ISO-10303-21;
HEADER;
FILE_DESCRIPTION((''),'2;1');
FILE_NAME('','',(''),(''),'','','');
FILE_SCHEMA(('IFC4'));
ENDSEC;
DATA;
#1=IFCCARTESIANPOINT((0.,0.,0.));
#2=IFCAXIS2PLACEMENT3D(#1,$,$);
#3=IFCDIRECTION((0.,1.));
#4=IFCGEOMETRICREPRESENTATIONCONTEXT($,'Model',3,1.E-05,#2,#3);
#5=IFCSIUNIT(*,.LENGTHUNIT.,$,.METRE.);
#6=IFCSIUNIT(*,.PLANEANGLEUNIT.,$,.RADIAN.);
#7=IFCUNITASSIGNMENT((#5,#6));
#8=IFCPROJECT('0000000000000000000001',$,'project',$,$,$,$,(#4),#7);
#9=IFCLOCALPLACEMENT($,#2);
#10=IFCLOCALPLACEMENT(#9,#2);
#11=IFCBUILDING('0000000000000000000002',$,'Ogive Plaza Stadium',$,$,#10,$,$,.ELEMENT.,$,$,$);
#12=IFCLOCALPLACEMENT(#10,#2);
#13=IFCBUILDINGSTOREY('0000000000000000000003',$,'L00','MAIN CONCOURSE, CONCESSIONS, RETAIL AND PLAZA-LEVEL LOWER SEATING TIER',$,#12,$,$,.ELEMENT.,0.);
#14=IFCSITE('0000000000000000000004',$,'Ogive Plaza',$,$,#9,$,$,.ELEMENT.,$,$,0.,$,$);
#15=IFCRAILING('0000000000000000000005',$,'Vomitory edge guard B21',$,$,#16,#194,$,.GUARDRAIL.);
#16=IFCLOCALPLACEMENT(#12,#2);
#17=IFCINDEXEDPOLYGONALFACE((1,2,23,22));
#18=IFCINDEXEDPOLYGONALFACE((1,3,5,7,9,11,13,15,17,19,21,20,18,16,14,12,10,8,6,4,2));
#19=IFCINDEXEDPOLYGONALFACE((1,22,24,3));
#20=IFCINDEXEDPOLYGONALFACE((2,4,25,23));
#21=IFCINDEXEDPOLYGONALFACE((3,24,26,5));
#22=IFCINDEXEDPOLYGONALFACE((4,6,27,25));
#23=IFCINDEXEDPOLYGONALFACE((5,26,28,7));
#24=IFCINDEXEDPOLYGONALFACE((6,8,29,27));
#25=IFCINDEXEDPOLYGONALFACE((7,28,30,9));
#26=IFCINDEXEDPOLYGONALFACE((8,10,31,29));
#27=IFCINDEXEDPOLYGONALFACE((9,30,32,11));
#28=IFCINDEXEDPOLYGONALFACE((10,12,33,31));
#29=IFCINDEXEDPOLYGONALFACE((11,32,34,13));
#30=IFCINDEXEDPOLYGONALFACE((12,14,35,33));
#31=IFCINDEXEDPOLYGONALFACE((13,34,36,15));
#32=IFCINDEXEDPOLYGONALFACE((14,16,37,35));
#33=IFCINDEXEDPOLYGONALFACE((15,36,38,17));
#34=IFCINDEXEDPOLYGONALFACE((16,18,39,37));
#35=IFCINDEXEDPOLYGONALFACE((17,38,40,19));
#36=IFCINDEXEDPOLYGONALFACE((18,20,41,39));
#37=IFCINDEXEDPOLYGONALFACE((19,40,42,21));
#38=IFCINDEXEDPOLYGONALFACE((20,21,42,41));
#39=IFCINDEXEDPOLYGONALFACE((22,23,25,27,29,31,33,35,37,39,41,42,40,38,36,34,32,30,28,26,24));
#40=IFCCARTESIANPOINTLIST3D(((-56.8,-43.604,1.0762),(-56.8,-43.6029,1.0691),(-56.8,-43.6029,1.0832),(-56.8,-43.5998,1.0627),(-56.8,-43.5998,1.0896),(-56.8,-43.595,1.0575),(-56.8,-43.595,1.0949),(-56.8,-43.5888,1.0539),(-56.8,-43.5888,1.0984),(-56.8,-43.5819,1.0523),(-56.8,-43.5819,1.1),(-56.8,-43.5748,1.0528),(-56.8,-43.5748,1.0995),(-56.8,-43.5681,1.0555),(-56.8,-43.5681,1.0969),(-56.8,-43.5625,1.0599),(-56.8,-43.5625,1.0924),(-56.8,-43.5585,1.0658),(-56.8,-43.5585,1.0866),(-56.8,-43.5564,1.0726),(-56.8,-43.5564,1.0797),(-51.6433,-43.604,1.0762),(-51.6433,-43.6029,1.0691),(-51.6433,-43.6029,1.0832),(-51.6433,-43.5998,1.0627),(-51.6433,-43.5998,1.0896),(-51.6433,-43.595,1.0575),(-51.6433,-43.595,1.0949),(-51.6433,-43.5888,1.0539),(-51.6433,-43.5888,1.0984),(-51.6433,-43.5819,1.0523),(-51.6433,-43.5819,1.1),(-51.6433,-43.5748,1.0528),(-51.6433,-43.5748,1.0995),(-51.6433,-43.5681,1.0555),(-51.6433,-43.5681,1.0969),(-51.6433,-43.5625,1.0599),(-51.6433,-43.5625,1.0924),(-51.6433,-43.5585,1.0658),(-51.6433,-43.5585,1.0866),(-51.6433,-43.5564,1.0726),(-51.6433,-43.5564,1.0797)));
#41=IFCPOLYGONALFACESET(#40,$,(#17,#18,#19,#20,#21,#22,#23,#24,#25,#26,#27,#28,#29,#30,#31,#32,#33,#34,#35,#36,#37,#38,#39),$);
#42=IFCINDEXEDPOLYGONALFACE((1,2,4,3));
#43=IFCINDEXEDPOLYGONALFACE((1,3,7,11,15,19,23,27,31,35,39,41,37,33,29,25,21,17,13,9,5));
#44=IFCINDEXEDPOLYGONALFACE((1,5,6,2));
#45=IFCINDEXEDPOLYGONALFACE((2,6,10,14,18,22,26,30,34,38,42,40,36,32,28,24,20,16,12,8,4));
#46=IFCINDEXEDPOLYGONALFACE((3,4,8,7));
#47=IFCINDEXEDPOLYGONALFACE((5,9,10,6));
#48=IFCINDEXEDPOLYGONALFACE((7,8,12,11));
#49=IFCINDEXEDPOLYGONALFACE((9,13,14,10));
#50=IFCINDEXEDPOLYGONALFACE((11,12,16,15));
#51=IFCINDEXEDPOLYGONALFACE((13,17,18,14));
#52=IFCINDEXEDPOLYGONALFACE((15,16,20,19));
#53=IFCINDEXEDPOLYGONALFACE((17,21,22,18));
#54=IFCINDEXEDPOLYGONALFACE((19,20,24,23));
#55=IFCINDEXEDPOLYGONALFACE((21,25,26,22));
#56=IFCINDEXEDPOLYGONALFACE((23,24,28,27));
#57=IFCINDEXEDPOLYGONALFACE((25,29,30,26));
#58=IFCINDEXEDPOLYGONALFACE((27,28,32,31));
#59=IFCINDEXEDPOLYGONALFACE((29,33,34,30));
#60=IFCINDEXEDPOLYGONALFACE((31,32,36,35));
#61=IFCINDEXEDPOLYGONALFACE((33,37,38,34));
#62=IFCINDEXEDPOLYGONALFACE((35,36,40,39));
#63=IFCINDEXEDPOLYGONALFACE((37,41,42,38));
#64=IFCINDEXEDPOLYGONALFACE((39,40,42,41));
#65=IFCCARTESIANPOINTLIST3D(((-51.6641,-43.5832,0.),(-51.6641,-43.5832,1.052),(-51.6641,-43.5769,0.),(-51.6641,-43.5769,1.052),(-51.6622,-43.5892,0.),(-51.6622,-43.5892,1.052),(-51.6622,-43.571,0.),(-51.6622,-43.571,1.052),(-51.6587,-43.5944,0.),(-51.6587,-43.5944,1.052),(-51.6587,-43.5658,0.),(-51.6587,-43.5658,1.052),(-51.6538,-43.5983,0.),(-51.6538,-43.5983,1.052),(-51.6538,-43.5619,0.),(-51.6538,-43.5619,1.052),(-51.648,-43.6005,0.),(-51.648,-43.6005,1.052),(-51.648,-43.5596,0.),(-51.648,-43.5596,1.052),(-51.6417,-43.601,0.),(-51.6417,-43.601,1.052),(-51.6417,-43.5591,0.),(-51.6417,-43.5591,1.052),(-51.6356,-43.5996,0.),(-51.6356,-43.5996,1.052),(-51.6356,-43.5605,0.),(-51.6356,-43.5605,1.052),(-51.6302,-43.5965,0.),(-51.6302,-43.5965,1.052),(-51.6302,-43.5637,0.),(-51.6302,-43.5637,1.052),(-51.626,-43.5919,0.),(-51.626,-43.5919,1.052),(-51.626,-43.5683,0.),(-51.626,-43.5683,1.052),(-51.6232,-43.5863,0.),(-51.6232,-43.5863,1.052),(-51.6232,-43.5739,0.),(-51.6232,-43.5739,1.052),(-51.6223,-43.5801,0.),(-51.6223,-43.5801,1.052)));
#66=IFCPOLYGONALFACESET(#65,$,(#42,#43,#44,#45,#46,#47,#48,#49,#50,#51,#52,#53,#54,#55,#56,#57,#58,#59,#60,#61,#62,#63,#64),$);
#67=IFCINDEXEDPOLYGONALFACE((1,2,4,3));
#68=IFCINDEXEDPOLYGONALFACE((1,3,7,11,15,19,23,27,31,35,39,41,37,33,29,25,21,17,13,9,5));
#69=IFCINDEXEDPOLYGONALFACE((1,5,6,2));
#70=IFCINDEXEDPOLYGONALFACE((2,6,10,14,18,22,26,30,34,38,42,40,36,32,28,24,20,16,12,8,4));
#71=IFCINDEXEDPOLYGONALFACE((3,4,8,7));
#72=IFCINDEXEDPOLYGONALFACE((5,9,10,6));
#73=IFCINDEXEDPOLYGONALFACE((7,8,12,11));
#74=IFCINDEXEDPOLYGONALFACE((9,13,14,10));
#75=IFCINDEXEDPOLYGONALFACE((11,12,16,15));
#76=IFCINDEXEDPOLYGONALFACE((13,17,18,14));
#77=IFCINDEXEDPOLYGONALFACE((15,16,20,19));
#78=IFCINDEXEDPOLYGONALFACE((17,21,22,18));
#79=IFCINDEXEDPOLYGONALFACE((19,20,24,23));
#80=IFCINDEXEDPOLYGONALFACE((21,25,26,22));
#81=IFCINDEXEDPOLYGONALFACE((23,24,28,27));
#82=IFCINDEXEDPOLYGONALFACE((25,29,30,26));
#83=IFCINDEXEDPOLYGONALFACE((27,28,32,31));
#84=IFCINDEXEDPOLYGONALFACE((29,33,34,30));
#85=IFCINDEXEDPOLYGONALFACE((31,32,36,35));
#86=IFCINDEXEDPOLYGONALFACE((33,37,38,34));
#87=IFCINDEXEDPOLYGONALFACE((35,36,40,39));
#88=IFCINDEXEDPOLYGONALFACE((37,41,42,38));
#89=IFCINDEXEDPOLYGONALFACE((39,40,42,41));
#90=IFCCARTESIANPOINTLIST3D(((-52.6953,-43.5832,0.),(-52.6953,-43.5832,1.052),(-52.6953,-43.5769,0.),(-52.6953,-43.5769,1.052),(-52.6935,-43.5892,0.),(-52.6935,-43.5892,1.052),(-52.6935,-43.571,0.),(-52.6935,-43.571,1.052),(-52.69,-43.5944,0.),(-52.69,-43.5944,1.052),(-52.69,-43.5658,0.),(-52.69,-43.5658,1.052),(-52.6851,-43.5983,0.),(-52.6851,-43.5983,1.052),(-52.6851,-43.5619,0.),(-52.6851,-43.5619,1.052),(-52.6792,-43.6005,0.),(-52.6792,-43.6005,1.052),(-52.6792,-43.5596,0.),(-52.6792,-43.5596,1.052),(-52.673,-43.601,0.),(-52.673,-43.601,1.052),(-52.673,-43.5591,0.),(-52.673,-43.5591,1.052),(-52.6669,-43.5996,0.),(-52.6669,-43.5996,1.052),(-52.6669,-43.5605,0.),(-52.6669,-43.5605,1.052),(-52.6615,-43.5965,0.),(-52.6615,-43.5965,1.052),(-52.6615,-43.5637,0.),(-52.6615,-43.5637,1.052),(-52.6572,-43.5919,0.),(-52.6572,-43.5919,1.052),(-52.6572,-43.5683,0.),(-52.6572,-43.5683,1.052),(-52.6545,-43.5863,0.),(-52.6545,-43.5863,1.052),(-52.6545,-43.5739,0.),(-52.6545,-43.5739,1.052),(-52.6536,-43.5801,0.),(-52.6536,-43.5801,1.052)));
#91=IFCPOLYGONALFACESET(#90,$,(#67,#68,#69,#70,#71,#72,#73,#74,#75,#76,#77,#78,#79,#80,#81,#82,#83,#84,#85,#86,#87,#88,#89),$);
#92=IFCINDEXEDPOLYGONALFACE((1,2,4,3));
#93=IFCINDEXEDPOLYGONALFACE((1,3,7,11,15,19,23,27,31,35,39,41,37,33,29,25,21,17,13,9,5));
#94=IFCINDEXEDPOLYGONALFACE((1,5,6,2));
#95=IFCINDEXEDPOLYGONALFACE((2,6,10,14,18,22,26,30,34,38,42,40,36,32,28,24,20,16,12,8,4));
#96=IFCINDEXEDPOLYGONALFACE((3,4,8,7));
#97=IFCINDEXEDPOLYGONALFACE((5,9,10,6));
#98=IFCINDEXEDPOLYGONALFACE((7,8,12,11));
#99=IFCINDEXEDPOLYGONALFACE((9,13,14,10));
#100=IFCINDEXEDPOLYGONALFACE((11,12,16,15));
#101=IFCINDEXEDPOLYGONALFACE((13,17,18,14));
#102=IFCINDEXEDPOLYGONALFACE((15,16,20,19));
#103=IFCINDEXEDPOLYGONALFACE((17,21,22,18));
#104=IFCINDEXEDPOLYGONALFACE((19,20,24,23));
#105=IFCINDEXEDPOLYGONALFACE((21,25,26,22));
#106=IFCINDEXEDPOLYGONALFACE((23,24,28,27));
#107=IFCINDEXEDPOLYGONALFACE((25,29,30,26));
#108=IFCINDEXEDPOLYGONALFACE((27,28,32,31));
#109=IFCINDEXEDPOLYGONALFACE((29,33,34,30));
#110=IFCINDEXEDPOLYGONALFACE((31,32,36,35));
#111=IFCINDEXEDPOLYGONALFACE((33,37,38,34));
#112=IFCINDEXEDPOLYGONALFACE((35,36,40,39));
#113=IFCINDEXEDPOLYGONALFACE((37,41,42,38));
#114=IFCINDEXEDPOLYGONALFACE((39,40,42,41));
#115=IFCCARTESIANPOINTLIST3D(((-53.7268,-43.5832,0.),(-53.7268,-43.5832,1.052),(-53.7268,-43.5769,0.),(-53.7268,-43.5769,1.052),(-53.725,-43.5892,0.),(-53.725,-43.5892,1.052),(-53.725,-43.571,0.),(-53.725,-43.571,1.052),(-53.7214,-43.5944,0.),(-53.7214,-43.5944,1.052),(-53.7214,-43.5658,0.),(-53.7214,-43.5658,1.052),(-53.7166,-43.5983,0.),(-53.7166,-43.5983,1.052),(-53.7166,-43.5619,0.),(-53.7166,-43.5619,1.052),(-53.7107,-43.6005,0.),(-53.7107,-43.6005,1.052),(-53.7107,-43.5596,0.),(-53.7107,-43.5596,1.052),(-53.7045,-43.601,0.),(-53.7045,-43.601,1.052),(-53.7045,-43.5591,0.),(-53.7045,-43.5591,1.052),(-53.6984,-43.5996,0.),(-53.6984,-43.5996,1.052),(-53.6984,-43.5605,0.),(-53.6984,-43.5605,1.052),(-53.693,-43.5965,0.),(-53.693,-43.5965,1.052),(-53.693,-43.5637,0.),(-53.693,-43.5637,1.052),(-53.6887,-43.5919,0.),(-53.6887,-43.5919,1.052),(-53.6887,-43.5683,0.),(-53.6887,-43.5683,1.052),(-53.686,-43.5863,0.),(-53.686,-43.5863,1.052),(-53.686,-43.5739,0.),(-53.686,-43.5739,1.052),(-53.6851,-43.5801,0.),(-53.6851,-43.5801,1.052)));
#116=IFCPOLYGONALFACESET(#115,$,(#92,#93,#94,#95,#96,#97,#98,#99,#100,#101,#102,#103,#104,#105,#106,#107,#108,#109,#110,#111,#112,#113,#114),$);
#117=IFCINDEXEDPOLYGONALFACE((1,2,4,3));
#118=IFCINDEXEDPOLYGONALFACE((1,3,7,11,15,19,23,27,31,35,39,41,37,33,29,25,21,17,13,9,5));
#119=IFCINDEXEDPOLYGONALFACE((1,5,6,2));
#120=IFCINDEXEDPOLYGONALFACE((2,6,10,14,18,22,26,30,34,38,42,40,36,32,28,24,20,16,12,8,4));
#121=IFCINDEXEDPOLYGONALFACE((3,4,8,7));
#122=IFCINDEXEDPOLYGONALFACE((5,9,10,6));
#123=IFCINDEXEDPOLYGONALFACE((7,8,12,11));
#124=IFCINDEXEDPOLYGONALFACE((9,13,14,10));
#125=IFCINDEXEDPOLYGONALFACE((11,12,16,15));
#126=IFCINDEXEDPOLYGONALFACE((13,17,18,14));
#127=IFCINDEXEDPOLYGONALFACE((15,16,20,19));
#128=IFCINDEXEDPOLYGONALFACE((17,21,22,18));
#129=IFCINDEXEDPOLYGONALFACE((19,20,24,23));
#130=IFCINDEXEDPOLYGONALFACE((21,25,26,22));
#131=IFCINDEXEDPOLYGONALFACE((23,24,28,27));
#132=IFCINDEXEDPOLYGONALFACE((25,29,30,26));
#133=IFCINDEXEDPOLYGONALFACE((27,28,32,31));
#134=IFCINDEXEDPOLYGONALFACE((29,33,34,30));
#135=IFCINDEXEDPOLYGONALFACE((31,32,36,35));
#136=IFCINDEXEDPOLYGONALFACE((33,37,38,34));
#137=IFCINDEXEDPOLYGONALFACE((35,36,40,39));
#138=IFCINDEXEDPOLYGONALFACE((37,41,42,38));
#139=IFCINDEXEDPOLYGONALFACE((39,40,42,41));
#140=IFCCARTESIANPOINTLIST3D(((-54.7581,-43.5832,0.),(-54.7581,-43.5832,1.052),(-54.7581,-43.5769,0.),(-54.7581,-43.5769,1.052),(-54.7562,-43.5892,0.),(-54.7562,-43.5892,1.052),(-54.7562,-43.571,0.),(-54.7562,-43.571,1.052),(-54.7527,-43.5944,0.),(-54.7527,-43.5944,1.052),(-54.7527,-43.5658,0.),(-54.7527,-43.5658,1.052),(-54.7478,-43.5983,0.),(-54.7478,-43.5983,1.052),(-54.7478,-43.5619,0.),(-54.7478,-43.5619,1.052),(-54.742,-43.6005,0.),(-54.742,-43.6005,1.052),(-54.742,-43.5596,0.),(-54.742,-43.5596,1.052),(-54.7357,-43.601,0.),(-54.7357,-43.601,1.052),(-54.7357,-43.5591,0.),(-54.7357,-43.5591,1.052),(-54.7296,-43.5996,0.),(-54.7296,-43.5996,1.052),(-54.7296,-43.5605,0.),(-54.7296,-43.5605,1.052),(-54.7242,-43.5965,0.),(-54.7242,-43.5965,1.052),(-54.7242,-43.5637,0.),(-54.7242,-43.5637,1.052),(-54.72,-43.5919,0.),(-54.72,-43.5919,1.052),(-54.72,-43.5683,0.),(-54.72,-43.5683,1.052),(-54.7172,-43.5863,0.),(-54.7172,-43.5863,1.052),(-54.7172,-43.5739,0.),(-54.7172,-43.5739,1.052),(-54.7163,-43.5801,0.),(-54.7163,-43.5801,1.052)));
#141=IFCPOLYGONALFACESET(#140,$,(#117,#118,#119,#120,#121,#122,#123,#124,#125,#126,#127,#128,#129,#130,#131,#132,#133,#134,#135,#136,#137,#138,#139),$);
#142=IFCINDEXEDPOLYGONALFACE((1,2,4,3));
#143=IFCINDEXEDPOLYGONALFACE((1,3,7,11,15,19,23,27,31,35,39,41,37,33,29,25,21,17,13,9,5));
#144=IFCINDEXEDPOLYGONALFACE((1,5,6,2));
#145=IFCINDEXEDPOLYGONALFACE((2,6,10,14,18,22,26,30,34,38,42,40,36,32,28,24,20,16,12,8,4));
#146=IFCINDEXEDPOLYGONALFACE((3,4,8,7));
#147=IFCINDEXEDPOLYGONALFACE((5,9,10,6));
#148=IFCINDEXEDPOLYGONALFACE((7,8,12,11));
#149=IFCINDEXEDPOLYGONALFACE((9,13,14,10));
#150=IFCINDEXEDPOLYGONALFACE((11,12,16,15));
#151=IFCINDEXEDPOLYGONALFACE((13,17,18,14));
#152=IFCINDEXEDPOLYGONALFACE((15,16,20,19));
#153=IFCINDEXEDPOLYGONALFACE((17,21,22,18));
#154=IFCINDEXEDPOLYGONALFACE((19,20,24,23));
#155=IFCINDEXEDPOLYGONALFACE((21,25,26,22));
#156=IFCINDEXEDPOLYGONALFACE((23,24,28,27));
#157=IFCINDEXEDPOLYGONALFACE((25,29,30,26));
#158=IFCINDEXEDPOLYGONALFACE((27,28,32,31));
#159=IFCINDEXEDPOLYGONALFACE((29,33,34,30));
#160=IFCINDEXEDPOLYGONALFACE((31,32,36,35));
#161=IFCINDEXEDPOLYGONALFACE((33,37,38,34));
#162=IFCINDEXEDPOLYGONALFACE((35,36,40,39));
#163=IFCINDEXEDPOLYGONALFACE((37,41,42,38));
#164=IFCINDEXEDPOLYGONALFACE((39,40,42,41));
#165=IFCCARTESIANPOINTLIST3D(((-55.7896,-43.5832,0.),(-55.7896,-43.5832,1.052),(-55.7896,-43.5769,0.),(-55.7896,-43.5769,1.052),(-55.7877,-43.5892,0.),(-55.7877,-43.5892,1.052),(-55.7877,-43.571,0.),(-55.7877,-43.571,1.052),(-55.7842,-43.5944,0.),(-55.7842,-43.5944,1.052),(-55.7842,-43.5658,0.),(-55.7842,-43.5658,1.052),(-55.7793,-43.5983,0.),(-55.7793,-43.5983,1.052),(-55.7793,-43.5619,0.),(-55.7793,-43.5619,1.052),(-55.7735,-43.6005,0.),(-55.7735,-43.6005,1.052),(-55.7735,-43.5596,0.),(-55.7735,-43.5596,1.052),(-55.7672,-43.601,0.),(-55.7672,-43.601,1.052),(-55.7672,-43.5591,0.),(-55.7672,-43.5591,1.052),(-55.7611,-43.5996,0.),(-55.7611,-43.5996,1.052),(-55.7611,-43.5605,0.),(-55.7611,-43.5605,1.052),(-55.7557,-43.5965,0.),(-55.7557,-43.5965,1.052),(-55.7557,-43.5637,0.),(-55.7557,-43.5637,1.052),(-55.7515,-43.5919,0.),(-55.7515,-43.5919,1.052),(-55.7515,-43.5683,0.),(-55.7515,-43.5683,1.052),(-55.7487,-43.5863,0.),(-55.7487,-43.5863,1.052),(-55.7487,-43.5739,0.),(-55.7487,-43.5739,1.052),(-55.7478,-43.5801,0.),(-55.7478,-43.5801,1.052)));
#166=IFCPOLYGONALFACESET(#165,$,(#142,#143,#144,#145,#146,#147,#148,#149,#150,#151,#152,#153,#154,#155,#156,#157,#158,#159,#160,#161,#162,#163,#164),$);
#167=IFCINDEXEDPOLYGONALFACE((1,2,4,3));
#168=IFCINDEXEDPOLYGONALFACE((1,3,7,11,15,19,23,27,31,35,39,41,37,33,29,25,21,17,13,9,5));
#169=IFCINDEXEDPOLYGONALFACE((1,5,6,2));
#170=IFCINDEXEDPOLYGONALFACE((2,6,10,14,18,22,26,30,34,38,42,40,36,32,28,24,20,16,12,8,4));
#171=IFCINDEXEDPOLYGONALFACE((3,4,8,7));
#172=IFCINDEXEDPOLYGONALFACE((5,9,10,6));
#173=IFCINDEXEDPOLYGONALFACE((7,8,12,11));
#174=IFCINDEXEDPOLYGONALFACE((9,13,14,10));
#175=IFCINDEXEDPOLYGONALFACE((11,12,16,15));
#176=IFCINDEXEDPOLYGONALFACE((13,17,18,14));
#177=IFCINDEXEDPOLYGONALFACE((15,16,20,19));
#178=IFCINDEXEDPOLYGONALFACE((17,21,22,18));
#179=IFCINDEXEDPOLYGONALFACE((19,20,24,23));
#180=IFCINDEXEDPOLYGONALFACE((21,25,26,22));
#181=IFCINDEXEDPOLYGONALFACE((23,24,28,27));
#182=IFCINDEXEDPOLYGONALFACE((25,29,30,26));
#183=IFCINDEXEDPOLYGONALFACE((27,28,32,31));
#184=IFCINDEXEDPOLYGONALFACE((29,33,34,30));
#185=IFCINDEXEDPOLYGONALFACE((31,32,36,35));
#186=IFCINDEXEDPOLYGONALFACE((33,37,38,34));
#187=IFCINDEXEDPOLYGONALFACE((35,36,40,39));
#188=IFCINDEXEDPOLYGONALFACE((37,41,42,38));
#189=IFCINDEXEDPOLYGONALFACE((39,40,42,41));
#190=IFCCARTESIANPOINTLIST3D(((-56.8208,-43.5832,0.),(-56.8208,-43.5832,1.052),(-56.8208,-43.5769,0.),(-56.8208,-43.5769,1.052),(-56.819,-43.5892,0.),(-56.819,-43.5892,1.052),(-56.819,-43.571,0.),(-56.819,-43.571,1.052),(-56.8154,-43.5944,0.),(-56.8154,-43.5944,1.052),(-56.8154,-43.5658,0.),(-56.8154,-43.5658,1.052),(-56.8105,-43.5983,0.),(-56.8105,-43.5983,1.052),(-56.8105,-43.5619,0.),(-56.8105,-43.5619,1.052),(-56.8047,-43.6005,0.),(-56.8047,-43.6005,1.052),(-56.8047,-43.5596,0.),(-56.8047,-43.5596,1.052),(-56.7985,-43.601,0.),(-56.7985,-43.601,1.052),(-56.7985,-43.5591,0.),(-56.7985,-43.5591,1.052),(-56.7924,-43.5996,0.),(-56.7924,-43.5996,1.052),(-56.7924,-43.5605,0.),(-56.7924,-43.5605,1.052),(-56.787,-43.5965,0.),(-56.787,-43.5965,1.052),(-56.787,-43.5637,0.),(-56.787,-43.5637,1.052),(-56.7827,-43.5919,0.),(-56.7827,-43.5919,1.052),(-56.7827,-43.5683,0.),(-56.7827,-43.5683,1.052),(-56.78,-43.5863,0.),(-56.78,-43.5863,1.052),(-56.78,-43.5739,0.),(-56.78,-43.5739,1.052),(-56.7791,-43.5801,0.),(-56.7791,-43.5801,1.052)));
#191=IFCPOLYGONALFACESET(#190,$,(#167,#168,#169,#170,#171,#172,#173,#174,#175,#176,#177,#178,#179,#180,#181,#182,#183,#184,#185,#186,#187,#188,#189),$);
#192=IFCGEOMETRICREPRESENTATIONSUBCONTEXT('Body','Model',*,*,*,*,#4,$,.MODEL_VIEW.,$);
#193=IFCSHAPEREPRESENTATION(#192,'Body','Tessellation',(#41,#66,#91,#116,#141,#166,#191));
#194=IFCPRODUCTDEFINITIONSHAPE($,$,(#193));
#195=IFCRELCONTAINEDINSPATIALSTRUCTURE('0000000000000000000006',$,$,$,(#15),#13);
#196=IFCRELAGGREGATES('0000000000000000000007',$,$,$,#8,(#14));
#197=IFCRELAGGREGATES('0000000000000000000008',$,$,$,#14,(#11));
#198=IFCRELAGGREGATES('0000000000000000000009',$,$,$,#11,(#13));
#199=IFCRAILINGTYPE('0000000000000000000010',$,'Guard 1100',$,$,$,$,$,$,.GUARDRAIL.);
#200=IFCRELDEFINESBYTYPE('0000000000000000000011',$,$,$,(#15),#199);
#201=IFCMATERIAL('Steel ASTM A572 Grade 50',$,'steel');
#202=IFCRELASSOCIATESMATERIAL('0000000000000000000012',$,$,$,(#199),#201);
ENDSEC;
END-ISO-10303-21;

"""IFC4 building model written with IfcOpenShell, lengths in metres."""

from ifc_helpers import new_model, si_unit, direction, frame, origin, origin_2d, place, context, subcontext, project, spatial, circle, extrude, material, type_object, element, save


model = new_model("IFC4")

# Units and contexts
model_context = context("Model", 3, precision=1e-05, world=origin(), true_north=direction((0.0, 1.0)))
body_context = subcontext(model_context, "Body", "Model", "MODEL_VIEW")
ifc_project = project(units=[si_unit("LENGTHUNIT", "METRE"), si_unit("PLANEANGLEUNIT", "RADIAN")], contexts=[model_context])

# Site, building, storey
site_placement = place(None, origin())
site = spatial("IfcSite", under=ifc_project, at=site_placement, Name="Ogive Plaza", CompositionType="ELEMENT", RefElevation=0.0)
building_placement = place(site_placement, origin())
building = spatial("IfcBuilding", under=site, at=building_placement, Name="Ogive Plaza Stadium", CompositionType="ELEMENT")
storey_placement = place(building_placement, origin())
storey = spatial("IfcBuildingStorey", under=building, at=storey_placement, Name="L00", Description="MAIN CONCOURSE, CONCESSIONS, RETAIL AND PLAZA-LEVEL LOWER SEATING TIER", CompositionType="ELEMENT", Elevation=0.0)

# Railing
ifc_material_1 = material(Name="Steel ASTM A572 Grade 50", Category="steel")
railing_type = type_object("IfcRailingType", Name="Guard 1100", PredefinedType="GUARDRAIL", material=ifc_material_1)
for number, where, name in (
    (1, (-51.6433, -43.5801, 0.0), "Vomitory edge guard B21"),
):
    element("IfcRailing", number, at=place(storey_placement, frame(where)), inside=storey, type_object=railing_type, Name=name, PredefinedType="GUARDRAIL", context=body_context, shape_type="SweptSolid", body=[
        extrude(circle(Radius=0.0239, at=origin_2d()), frame((0.0, 0.0, 1.0762), z_axis=(-1.0, 0.0, 0.0), x_axis=(0.0, -1.0, 0.0)), (0.0, 0.0, 1.0), 5.1567),
        extrude(circle(Radius=0.021, at=origin_2d()), origin(), (0.0, 0.0, 1.0), 1.052),
        extrude(circle(Radius=0.021, at=origin_2d()), frame((-1.0312, 0.0, 0.0)), (0.0, 0.0, 1.0), 1.052),
        extrude(circle(Radius=0.021, at=origin_2d()), frame((-2.0627, 0.0, 0.0)), (0.0, 0.0, 1.0), 1.052),
        extrude(circle(Radius=0.021, at=origin_2d()), frame((-3.094, 0.0, 0.0)), (0.0, 0.0, 1.0), 1.052),
        extrude(circle(Radius=0.021, at=origin_2d()), frame((-4.1255, 0.0, 0.0)), (0.0, 0.0, 1.0), 1.052),
        extrude(circle(Radius=0.021, at=origin_2d()), frame((-5.1567, 0.0, 0.0)), (0.0, 0.0, 1.0), 1.052),
    ])

save(model, "model.ifc")
